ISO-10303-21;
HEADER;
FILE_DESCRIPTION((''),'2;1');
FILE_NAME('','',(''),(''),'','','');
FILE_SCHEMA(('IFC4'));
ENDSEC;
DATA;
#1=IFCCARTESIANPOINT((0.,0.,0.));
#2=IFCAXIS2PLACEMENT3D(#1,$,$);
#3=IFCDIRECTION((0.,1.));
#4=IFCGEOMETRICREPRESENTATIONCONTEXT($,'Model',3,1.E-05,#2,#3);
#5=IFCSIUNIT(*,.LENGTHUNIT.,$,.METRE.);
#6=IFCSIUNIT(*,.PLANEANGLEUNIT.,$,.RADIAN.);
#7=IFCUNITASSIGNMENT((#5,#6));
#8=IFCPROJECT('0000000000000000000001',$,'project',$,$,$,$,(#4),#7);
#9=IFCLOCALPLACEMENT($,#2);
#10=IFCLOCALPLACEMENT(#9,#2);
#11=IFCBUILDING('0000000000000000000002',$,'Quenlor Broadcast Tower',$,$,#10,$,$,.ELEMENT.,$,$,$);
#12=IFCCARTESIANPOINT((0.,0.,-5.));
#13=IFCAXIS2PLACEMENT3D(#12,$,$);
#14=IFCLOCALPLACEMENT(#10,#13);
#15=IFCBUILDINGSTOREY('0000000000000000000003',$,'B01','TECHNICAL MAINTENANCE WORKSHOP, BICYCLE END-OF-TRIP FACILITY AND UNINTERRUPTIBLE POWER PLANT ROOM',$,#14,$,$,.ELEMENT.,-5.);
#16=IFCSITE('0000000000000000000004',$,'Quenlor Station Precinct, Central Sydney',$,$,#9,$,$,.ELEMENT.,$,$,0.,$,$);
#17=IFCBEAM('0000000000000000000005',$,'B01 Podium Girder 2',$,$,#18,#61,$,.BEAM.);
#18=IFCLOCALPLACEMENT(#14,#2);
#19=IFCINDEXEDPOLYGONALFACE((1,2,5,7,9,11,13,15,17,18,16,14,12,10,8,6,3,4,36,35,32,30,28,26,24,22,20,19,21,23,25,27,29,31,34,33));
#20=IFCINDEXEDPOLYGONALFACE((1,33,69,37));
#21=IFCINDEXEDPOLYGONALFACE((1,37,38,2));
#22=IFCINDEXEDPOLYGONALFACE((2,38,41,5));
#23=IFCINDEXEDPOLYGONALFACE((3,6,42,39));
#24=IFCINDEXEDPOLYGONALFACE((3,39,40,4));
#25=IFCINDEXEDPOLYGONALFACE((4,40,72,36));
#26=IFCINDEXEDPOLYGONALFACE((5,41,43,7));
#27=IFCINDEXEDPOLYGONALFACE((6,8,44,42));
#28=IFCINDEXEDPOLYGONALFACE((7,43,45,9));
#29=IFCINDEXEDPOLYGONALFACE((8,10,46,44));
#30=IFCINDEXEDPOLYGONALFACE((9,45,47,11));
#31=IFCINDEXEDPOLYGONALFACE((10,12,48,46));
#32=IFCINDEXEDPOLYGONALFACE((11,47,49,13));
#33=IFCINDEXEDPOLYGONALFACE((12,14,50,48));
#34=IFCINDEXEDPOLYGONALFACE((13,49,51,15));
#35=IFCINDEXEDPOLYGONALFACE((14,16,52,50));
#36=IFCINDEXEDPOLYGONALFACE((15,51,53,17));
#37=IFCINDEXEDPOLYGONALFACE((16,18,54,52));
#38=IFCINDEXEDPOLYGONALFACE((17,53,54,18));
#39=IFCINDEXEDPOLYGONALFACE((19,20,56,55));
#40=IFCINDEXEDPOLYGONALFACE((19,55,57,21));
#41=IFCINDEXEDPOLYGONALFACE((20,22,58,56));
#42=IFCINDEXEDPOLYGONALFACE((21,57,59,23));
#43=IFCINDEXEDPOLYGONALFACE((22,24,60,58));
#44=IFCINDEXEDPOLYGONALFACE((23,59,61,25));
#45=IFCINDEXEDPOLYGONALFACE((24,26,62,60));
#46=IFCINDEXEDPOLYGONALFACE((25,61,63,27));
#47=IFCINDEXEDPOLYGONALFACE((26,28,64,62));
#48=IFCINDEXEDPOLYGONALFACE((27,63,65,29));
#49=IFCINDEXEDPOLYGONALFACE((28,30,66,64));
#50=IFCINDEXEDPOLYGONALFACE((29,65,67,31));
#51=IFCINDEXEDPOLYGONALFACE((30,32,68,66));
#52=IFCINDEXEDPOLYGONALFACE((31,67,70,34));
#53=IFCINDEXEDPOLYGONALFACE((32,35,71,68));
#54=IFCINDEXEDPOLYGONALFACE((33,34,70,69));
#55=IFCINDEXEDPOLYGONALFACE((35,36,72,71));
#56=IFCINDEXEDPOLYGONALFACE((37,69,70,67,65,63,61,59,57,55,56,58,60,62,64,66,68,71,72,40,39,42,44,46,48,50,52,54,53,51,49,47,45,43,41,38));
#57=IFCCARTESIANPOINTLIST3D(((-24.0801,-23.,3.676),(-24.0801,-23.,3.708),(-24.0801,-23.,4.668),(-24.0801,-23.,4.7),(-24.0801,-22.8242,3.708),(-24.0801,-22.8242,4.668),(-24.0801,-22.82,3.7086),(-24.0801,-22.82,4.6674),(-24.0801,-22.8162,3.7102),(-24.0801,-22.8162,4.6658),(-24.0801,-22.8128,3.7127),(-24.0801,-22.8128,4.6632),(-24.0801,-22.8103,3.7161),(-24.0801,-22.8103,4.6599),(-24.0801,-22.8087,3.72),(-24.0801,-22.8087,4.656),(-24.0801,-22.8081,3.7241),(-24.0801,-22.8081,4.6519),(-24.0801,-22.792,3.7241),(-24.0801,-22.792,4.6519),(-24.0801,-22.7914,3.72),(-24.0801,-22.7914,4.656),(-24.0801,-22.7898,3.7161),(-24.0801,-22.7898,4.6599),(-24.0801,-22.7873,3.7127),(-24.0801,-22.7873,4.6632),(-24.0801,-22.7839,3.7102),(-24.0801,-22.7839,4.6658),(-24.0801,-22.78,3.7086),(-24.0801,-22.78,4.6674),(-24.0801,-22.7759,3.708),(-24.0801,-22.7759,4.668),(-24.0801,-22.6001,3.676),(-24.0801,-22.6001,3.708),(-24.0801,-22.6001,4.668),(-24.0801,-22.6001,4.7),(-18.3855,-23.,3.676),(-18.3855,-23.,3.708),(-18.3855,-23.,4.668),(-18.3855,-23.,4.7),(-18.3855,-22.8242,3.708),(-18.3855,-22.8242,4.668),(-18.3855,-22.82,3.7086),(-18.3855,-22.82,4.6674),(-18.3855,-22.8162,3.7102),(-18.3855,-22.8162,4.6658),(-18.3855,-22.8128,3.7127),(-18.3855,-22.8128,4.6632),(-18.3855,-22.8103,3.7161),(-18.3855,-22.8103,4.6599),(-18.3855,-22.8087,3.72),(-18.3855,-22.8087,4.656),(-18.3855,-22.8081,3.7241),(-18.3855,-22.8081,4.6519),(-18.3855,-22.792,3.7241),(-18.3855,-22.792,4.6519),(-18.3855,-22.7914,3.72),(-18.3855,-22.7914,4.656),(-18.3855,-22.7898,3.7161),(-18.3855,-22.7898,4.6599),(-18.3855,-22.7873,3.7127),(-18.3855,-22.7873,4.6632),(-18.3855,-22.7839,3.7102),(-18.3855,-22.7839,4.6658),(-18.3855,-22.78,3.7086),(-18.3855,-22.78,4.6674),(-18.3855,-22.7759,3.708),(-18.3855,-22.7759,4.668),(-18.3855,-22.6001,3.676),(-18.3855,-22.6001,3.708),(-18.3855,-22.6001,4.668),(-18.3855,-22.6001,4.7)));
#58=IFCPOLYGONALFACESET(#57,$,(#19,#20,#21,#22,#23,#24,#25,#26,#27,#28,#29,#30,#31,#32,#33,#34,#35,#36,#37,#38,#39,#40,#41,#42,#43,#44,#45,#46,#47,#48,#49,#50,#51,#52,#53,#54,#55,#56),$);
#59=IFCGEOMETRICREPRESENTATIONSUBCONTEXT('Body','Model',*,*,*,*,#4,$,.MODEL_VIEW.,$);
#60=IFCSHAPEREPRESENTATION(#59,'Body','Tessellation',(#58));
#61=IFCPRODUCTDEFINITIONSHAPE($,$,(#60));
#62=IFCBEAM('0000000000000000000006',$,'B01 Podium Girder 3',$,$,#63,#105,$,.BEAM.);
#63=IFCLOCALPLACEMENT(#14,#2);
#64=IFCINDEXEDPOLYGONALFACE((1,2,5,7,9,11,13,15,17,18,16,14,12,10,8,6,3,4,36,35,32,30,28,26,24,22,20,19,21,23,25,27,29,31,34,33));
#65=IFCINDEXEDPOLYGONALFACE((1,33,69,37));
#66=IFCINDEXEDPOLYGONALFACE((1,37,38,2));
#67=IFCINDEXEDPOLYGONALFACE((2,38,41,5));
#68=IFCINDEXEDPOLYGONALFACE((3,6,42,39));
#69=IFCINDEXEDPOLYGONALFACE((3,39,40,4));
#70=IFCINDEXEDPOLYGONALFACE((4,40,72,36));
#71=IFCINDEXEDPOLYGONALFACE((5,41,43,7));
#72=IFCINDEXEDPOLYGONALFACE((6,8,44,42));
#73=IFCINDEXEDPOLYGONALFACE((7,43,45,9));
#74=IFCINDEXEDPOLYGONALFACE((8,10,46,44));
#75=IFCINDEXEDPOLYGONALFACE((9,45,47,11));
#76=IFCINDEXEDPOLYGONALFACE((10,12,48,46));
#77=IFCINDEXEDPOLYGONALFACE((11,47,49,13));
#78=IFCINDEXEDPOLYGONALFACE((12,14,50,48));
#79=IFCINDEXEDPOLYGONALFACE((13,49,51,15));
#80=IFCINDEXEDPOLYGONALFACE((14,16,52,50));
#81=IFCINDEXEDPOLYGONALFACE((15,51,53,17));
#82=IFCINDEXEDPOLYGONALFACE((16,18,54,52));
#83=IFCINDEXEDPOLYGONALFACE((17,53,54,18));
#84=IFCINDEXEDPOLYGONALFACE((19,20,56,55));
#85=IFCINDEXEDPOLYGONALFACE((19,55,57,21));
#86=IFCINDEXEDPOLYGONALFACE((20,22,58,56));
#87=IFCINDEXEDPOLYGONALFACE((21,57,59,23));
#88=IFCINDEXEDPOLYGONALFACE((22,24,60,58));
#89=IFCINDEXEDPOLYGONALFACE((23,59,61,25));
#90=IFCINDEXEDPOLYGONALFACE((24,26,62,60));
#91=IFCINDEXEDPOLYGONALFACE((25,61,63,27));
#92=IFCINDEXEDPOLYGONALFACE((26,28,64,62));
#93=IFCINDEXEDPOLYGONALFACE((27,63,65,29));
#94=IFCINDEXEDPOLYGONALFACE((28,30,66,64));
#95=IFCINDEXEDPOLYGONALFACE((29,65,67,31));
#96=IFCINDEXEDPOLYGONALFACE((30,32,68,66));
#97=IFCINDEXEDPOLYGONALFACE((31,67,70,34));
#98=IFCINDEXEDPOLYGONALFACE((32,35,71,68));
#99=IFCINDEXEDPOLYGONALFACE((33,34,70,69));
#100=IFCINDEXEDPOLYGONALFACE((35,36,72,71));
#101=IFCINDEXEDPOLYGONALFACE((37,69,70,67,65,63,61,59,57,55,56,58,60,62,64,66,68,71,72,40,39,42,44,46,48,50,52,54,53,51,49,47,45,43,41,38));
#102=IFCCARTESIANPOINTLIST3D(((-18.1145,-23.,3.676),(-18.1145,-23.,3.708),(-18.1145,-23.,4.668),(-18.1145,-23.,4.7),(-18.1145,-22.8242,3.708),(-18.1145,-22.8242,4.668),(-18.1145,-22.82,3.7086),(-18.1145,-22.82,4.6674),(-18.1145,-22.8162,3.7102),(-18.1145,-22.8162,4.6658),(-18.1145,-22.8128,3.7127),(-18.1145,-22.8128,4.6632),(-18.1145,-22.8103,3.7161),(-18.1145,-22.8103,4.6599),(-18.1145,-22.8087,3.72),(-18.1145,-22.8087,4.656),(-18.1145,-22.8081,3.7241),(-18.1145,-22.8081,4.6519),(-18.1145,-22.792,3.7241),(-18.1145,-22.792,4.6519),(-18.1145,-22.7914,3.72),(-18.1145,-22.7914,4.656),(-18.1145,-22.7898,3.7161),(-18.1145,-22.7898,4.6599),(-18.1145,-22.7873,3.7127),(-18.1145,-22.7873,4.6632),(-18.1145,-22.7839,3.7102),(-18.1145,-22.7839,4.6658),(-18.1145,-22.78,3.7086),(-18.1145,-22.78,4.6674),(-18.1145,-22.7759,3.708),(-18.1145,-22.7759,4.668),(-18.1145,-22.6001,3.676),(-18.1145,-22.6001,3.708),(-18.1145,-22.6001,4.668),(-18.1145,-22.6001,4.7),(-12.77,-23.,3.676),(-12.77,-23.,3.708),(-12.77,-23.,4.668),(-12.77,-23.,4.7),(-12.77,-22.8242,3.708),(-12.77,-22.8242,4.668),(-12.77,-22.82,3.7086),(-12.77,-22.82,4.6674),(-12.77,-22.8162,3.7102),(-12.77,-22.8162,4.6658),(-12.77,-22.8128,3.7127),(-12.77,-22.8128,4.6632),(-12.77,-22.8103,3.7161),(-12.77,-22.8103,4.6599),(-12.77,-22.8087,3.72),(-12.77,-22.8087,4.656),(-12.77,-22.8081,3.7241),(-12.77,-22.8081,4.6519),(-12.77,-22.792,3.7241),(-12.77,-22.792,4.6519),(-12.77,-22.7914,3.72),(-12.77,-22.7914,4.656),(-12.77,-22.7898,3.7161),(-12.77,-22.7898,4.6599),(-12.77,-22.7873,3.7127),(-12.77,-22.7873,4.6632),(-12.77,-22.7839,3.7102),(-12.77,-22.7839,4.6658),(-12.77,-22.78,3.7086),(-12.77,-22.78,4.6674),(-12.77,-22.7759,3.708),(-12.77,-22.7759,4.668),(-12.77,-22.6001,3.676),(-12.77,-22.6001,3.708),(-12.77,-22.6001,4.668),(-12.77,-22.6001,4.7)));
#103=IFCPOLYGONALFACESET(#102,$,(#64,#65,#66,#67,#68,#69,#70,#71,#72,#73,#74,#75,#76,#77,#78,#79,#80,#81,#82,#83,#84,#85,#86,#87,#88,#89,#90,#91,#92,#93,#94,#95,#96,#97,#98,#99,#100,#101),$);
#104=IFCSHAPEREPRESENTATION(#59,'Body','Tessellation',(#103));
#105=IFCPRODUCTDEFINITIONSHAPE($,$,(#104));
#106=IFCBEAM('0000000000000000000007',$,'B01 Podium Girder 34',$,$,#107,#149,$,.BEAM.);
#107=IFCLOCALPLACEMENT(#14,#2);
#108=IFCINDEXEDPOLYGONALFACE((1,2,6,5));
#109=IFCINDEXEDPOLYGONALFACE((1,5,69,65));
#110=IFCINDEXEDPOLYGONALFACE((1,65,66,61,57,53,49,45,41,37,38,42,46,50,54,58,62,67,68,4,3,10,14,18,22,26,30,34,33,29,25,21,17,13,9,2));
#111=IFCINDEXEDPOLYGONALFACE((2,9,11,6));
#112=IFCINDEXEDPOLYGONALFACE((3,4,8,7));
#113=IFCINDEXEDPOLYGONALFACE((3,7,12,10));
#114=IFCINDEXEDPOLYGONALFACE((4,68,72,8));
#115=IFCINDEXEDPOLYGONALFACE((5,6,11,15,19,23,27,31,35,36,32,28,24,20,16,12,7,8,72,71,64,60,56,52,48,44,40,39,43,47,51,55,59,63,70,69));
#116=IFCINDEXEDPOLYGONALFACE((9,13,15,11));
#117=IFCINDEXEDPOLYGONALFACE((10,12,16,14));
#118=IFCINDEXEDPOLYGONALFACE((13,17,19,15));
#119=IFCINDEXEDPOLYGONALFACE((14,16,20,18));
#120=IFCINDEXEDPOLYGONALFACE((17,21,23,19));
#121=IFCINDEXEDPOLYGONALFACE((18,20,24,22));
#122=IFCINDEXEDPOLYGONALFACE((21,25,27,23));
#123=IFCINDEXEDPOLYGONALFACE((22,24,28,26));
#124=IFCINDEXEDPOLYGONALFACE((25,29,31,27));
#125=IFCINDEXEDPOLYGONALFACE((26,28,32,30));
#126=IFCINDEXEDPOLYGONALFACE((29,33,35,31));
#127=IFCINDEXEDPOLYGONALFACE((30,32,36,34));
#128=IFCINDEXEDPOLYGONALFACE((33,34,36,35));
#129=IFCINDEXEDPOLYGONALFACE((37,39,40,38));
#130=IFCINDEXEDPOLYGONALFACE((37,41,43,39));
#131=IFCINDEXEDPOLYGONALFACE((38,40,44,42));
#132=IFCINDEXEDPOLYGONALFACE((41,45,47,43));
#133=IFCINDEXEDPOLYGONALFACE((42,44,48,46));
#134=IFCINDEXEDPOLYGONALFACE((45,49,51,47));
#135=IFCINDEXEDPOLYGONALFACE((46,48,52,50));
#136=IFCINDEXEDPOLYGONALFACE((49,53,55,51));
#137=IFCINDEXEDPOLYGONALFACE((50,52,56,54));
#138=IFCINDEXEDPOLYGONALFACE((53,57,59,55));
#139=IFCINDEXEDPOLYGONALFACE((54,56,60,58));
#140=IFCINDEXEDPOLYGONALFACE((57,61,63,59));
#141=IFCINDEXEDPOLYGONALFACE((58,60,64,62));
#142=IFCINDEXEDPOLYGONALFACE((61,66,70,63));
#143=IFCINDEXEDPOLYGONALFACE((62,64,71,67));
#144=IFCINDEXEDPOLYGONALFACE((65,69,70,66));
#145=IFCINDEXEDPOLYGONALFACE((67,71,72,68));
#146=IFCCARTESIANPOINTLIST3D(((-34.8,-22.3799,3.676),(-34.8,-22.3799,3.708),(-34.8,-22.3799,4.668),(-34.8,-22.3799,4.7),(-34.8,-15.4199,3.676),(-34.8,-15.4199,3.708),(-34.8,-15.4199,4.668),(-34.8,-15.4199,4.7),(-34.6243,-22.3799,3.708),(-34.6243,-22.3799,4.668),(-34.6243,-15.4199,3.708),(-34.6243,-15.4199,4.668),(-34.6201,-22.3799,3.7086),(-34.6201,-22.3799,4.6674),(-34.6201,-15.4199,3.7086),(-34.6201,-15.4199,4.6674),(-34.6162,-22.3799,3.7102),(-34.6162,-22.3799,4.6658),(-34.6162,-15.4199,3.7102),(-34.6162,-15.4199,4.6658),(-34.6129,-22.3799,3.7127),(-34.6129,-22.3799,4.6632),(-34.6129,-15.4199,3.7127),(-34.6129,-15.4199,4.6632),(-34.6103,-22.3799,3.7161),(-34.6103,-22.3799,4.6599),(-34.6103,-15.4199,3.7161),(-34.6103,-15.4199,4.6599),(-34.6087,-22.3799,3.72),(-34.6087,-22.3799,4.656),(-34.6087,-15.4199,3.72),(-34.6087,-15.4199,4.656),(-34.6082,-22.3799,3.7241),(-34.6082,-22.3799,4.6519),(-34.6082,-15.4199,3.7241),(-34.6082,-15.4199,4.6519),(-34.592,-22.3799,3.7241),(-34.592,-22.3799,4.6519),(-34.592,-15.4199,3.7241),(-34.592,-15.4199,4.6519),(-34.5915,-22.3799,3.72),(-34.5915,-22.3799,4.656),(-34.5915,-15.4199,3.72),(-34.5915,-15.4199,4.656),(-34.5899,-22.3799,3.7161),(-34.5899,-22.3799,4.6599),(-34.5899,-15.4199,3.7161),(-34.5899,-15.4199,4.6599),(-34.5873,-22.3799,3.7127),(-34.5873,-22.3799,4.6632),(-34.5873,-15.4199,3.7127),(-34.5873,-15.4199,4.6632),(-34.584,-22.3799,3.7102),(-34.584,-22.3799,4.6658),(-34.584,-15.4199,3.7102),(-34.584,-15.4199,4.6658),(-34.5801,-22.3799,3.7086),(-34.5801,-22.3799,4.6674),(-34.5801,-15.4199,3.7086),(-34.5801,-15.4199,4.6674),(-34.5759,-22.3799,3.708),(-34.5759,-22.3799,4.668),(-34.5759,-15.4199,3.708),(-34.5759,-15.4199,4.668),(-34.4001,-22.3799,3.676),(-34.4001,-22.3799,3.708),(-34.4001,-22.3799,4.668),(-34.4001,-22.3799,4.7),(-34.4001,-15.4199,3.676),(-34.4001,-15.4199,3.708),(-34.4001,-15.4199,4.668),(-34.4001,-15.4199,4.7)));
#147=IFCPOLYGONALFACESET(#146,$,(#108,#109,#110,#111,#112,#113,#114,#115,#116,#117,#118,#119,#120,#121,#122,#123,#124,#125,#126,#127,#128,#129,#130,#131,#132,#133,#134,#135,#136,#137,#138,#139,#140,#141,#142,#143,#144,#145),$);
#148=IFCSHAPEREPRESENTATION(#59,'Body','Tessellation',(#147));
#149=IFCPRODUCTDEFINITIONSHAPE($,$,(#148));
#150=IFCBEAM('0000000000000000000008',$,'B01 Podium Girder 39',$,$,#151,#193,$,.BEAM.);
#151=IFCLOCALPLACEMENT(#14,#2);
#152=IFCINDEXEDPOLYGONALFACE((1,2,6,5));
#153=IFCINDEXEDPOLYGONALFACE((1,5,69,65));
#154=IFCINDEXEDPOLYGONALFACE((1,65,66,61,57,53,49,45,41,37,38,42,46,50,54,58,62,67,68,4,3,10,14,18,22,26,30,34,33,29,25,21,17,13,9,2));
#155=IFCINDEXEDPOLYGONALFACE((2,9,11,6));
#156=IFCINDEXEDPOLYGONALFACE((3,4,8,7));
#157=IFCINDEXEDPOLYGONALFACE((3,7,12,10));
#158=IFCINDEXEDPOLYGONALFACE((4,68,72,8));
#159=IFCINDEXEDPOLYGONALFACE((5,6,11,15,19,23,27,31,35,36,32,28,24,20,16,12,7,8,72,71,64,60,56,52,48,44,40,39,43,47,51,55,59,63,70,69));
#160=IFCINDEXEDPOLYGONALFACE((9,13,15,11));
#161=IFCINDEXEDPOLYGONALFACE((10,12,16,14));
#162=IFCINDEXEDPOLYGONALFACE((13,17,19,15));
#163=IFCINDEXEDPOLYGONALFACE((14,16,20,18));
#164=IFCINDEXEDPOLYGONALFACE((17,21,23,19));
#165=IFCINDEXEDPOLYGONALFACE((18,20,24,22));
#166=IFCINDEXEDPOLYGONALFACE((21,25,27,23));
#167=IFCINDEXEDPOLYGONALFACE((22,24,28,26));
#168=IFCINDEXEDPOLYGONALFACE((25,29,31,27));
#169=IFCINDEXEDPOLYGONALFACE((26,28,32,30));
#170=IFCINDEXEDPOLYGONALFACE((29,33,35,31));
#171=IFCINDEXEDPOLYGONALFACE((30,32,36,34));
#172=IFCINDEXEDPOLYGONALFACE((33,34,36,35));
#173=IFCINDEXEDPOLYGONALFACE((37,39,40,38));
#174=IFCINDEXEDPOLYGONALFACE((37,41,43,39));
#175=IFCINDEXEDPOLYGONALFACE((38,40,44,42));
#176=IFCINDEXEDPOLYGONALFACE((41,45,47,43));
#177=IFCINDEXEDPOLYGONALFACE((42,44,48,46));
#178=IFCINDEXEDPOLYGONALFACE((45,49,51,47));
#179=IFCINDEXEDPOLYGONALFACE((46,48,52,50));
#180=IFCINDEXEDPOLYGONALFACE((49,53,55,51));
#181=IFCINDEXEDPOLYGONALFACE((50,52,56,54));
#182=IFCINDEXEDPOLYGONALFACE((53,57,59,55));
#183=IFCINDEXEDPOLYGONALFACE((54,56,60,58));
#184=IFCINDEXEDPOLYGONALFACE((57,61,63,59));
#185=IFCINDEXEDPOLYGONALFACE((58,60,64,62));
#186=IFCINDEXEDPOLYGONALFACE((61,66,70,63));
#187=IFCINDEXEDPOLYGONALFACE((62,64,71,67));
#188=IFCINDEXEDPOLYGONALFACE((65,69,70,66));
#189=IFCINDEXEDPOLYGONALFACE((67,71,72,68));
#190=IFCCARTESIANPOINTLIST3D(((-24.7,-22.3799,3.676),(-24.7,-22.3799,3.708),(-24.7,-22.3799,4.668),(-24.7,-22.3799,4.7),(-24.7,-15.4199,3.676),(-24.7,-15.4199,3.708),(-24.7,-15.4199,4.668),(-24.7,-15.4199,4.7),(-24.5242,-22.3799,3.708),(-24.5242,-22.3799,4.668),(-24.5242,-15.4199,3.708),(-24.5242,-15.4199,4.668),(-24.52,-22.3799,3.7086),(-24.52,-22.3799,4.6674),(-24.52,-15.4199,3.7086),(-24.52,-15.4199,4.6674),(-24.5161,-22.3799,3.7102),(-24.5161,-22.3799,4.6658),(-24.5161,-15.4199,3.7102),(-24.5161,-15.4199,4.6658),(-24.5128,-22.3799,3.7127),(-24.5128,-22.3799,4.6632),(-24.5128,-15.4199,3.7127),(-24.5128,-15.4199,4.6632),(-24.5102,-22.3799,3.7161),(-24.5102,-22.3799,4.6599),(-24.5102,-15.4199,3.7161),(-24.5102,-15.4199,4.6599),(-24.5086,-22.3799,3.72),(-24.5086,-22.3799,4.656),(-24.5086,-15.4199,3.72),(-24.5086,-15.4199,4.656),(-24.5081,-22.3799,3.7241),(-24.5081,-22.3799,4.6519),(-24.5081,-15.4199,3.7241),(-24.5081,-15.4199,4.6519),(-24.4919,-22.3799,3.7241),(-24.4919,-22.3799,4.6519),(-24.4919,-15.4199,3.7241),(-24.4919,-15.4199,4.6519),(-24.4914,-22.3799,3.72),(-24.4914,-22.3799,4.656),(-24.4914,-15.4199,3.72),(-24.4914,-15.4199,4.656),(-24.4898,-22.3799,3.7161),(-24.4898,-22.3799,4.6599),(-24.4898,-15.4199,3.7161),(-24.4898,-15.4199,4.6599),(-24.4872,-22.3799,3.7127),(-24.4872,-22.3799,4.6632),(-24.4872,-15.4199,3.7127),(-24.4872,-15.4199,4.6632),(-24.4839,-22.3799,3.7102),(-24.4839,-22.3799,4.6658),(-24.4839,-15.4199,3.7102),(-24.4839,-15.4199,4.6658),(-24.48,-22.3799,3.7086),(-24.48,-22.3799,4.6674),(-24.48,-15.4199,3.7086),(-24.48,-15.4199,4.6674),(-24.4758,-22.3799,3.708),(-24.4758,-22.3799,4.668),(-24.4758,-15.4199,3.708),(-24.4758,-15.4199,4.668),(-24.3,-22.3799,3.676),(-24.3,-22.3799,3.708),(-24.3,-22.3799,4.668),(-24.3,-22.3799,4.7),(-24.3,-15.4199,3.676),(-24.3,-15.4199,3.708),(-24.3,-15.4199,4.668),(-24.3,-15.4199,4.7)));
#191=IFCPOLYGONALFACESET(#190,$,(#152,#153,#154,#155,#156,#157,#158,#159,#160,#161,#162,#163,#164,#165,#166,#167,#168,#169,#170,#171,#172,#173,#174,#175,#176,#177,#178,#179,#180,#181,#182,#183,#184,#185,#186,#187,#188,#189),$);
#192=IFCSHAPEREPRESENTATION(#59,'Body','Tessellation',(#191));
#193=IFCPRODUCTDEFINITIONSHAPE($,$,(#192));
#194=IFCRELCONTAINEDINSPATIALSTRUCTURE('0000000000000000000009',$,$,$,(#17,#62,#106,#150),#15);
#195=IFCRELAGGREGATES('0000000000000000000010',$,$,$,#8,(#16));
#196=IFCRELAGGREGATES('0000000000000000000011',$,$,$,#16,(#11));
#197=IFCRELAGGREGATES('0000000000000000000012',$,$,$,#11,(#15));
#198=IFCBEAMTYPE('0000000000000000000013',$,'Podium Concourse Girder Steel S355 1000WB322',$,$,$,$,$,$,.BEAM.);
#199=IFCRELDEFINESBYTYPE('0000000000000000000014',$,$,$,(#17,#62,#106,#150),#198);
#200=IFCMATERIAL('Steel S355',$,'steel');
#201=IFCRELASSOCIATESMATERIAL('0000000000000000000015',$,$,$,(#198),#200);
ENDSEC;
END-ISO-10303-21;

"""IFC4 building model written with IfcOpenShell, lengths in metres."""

from ifc_helpers import new_model, si_unit, direction, frame, origin, origin_2d, place, context, subcontext, project, spatial, i_section, extrude, material, material_profile, profile_set, type_object, element, save


model = new_model("IFC4")

# Units and contexts
model_context = context("Model", 3, precision=1e-05, world=origin(), true_north=direction((0.0, 1.0)))
body_context = subcontext(model_context, "Body", "Model", "MODEL_VIEW")
ifc_project = project(units=[si_unit("LENGTHUNIT", "METRE"), si_unit("PLANEANGLEUNIT", "RADIAN")], contexts=[model_context])

# Site, building, storey
site_placement = place(None, origin())
site = spatial("IfcSite", under=ifc_project, at=site_placement, Name="Quenlor Station Precinct, Central Sydney", CompositionType="ELEMENT", RefElevation=0.0)
building_placement = place(site_placement, origin())
building = spatial("IfcBuilding", under=site, at=building_placement, Name="Quenlor Broadcast Tower", CompositionType="ELEMENT")
storey_placement = place(building_placement, frame((0.0, 0.0, -5.0)))
storey = spatial("IfcBuildingStorey", under=building, at=storey_placement, Name="B01", Description="TECHNICAL MAINTENANCE WORKSHOP, BICYCLE END-OF-TRIP FACILITY AND UNINTERRUPTIBLE POWER PLANT ROOM", CompositionType="ELEMENT", Elevation=-5.0)

# Beams
ifc_material_1 = material(Name="Steel S355", Category="steel")
ifc_material_profile_1 = material_profile(ifc_material_1, i_section(OverallWidth=0.3999, OverallDepth=1.0239, WebThickness=0.0161, FlangeThickness=0.032, FilletRadius=0.0161, at=origin_2d()))
ifc_profile_set_1 = profile_set([ifc_material_profile_1], Name="Steel S355 1000WB322")
beam_type_1 = type_object("IfcBeamType", Name="Podium Concourse Girder Steel S355 1000WB322", PredefinedType="BEAM", material=ifc_profile_set_1)
beam_1_placement = place(storey_placement, frame((-24.0801, -22.8, 4.188), z_axis=(1.0, 0.0, 0.0), x_axis=(0.0, 1.0, 0.0)))
element("IfcBeam", 1, at=beam_1_placement, inside=storey, type_object=beam_type_1, Name="B01 Podium Girder 2", PredefinedType="BEAM", context=body_context, shape_type="SweptSolid", body=[
    extrude(i_section(OverallWidth=0.3999, OverallDepth=1.0239, WebThickness=0.0161, FlangeThickness=0.032, FilletRadius=0.0161, at=origin_2d()), origin(), (0.0, 0.0, 1.0), 5.6946),
])
beam_2_placement = place(storey_placement, frame((-18.1145, -22.8, 4.188), z_axis=(1.0, 0.0, 0.0), x_axis=(0.0, 1.0, 0.0)))
element("IfcBeam", 2, at=beam_2_placement, inside=storey, type_object=beam_type_1, Name="B01 Podium Girder 3", PredefinedType="BEAM", context=body_context, shape_type="SweptSolid", body=[
    extrude(i_section(OverallWidth=0.3999, OverallDepth=1.0239, WebThickness=0.0161, FlangeThickness=0.032, FilletRadius=0.0161, at=origin_2d()), origin(), (0.0, 0.0, 1.0), 5.3445),
])
for number, where, z_axis, x_axis, name in (
    (3, (-34.6001, -22.3799, 4.188), (0.0, 1.0, 0.0), (-1.0, 0.0, 0.0), "B01 Podium Girder 34"),
    (4, (-24.5, -22.3799, 4.188), (0.0, 1.0, 0.0), (-1.0, 0.0, 0.0), "B01 Podium Girder 39"),
):
    element("IfcBeam", number, at=place(storey_placement, frame(where, z_axis=z_axis, x_axis=x_axis)), inside=storey, type_object=beam_type_1, Name=name, PredefinedType="BEAM", context=body_context, shape_type="SweptSolid", body=[
        extrude(i_section(OverallWidth=0.3999, OverallDepth=1.0239, WebThickness=0.0161, FlangeThickness=0.032, FilletRadius=0.0161, at=origin_2d()), origin(), (0.0, 0.0, 1.0), 6.96),
    ])

save(model, "model.ifc")
